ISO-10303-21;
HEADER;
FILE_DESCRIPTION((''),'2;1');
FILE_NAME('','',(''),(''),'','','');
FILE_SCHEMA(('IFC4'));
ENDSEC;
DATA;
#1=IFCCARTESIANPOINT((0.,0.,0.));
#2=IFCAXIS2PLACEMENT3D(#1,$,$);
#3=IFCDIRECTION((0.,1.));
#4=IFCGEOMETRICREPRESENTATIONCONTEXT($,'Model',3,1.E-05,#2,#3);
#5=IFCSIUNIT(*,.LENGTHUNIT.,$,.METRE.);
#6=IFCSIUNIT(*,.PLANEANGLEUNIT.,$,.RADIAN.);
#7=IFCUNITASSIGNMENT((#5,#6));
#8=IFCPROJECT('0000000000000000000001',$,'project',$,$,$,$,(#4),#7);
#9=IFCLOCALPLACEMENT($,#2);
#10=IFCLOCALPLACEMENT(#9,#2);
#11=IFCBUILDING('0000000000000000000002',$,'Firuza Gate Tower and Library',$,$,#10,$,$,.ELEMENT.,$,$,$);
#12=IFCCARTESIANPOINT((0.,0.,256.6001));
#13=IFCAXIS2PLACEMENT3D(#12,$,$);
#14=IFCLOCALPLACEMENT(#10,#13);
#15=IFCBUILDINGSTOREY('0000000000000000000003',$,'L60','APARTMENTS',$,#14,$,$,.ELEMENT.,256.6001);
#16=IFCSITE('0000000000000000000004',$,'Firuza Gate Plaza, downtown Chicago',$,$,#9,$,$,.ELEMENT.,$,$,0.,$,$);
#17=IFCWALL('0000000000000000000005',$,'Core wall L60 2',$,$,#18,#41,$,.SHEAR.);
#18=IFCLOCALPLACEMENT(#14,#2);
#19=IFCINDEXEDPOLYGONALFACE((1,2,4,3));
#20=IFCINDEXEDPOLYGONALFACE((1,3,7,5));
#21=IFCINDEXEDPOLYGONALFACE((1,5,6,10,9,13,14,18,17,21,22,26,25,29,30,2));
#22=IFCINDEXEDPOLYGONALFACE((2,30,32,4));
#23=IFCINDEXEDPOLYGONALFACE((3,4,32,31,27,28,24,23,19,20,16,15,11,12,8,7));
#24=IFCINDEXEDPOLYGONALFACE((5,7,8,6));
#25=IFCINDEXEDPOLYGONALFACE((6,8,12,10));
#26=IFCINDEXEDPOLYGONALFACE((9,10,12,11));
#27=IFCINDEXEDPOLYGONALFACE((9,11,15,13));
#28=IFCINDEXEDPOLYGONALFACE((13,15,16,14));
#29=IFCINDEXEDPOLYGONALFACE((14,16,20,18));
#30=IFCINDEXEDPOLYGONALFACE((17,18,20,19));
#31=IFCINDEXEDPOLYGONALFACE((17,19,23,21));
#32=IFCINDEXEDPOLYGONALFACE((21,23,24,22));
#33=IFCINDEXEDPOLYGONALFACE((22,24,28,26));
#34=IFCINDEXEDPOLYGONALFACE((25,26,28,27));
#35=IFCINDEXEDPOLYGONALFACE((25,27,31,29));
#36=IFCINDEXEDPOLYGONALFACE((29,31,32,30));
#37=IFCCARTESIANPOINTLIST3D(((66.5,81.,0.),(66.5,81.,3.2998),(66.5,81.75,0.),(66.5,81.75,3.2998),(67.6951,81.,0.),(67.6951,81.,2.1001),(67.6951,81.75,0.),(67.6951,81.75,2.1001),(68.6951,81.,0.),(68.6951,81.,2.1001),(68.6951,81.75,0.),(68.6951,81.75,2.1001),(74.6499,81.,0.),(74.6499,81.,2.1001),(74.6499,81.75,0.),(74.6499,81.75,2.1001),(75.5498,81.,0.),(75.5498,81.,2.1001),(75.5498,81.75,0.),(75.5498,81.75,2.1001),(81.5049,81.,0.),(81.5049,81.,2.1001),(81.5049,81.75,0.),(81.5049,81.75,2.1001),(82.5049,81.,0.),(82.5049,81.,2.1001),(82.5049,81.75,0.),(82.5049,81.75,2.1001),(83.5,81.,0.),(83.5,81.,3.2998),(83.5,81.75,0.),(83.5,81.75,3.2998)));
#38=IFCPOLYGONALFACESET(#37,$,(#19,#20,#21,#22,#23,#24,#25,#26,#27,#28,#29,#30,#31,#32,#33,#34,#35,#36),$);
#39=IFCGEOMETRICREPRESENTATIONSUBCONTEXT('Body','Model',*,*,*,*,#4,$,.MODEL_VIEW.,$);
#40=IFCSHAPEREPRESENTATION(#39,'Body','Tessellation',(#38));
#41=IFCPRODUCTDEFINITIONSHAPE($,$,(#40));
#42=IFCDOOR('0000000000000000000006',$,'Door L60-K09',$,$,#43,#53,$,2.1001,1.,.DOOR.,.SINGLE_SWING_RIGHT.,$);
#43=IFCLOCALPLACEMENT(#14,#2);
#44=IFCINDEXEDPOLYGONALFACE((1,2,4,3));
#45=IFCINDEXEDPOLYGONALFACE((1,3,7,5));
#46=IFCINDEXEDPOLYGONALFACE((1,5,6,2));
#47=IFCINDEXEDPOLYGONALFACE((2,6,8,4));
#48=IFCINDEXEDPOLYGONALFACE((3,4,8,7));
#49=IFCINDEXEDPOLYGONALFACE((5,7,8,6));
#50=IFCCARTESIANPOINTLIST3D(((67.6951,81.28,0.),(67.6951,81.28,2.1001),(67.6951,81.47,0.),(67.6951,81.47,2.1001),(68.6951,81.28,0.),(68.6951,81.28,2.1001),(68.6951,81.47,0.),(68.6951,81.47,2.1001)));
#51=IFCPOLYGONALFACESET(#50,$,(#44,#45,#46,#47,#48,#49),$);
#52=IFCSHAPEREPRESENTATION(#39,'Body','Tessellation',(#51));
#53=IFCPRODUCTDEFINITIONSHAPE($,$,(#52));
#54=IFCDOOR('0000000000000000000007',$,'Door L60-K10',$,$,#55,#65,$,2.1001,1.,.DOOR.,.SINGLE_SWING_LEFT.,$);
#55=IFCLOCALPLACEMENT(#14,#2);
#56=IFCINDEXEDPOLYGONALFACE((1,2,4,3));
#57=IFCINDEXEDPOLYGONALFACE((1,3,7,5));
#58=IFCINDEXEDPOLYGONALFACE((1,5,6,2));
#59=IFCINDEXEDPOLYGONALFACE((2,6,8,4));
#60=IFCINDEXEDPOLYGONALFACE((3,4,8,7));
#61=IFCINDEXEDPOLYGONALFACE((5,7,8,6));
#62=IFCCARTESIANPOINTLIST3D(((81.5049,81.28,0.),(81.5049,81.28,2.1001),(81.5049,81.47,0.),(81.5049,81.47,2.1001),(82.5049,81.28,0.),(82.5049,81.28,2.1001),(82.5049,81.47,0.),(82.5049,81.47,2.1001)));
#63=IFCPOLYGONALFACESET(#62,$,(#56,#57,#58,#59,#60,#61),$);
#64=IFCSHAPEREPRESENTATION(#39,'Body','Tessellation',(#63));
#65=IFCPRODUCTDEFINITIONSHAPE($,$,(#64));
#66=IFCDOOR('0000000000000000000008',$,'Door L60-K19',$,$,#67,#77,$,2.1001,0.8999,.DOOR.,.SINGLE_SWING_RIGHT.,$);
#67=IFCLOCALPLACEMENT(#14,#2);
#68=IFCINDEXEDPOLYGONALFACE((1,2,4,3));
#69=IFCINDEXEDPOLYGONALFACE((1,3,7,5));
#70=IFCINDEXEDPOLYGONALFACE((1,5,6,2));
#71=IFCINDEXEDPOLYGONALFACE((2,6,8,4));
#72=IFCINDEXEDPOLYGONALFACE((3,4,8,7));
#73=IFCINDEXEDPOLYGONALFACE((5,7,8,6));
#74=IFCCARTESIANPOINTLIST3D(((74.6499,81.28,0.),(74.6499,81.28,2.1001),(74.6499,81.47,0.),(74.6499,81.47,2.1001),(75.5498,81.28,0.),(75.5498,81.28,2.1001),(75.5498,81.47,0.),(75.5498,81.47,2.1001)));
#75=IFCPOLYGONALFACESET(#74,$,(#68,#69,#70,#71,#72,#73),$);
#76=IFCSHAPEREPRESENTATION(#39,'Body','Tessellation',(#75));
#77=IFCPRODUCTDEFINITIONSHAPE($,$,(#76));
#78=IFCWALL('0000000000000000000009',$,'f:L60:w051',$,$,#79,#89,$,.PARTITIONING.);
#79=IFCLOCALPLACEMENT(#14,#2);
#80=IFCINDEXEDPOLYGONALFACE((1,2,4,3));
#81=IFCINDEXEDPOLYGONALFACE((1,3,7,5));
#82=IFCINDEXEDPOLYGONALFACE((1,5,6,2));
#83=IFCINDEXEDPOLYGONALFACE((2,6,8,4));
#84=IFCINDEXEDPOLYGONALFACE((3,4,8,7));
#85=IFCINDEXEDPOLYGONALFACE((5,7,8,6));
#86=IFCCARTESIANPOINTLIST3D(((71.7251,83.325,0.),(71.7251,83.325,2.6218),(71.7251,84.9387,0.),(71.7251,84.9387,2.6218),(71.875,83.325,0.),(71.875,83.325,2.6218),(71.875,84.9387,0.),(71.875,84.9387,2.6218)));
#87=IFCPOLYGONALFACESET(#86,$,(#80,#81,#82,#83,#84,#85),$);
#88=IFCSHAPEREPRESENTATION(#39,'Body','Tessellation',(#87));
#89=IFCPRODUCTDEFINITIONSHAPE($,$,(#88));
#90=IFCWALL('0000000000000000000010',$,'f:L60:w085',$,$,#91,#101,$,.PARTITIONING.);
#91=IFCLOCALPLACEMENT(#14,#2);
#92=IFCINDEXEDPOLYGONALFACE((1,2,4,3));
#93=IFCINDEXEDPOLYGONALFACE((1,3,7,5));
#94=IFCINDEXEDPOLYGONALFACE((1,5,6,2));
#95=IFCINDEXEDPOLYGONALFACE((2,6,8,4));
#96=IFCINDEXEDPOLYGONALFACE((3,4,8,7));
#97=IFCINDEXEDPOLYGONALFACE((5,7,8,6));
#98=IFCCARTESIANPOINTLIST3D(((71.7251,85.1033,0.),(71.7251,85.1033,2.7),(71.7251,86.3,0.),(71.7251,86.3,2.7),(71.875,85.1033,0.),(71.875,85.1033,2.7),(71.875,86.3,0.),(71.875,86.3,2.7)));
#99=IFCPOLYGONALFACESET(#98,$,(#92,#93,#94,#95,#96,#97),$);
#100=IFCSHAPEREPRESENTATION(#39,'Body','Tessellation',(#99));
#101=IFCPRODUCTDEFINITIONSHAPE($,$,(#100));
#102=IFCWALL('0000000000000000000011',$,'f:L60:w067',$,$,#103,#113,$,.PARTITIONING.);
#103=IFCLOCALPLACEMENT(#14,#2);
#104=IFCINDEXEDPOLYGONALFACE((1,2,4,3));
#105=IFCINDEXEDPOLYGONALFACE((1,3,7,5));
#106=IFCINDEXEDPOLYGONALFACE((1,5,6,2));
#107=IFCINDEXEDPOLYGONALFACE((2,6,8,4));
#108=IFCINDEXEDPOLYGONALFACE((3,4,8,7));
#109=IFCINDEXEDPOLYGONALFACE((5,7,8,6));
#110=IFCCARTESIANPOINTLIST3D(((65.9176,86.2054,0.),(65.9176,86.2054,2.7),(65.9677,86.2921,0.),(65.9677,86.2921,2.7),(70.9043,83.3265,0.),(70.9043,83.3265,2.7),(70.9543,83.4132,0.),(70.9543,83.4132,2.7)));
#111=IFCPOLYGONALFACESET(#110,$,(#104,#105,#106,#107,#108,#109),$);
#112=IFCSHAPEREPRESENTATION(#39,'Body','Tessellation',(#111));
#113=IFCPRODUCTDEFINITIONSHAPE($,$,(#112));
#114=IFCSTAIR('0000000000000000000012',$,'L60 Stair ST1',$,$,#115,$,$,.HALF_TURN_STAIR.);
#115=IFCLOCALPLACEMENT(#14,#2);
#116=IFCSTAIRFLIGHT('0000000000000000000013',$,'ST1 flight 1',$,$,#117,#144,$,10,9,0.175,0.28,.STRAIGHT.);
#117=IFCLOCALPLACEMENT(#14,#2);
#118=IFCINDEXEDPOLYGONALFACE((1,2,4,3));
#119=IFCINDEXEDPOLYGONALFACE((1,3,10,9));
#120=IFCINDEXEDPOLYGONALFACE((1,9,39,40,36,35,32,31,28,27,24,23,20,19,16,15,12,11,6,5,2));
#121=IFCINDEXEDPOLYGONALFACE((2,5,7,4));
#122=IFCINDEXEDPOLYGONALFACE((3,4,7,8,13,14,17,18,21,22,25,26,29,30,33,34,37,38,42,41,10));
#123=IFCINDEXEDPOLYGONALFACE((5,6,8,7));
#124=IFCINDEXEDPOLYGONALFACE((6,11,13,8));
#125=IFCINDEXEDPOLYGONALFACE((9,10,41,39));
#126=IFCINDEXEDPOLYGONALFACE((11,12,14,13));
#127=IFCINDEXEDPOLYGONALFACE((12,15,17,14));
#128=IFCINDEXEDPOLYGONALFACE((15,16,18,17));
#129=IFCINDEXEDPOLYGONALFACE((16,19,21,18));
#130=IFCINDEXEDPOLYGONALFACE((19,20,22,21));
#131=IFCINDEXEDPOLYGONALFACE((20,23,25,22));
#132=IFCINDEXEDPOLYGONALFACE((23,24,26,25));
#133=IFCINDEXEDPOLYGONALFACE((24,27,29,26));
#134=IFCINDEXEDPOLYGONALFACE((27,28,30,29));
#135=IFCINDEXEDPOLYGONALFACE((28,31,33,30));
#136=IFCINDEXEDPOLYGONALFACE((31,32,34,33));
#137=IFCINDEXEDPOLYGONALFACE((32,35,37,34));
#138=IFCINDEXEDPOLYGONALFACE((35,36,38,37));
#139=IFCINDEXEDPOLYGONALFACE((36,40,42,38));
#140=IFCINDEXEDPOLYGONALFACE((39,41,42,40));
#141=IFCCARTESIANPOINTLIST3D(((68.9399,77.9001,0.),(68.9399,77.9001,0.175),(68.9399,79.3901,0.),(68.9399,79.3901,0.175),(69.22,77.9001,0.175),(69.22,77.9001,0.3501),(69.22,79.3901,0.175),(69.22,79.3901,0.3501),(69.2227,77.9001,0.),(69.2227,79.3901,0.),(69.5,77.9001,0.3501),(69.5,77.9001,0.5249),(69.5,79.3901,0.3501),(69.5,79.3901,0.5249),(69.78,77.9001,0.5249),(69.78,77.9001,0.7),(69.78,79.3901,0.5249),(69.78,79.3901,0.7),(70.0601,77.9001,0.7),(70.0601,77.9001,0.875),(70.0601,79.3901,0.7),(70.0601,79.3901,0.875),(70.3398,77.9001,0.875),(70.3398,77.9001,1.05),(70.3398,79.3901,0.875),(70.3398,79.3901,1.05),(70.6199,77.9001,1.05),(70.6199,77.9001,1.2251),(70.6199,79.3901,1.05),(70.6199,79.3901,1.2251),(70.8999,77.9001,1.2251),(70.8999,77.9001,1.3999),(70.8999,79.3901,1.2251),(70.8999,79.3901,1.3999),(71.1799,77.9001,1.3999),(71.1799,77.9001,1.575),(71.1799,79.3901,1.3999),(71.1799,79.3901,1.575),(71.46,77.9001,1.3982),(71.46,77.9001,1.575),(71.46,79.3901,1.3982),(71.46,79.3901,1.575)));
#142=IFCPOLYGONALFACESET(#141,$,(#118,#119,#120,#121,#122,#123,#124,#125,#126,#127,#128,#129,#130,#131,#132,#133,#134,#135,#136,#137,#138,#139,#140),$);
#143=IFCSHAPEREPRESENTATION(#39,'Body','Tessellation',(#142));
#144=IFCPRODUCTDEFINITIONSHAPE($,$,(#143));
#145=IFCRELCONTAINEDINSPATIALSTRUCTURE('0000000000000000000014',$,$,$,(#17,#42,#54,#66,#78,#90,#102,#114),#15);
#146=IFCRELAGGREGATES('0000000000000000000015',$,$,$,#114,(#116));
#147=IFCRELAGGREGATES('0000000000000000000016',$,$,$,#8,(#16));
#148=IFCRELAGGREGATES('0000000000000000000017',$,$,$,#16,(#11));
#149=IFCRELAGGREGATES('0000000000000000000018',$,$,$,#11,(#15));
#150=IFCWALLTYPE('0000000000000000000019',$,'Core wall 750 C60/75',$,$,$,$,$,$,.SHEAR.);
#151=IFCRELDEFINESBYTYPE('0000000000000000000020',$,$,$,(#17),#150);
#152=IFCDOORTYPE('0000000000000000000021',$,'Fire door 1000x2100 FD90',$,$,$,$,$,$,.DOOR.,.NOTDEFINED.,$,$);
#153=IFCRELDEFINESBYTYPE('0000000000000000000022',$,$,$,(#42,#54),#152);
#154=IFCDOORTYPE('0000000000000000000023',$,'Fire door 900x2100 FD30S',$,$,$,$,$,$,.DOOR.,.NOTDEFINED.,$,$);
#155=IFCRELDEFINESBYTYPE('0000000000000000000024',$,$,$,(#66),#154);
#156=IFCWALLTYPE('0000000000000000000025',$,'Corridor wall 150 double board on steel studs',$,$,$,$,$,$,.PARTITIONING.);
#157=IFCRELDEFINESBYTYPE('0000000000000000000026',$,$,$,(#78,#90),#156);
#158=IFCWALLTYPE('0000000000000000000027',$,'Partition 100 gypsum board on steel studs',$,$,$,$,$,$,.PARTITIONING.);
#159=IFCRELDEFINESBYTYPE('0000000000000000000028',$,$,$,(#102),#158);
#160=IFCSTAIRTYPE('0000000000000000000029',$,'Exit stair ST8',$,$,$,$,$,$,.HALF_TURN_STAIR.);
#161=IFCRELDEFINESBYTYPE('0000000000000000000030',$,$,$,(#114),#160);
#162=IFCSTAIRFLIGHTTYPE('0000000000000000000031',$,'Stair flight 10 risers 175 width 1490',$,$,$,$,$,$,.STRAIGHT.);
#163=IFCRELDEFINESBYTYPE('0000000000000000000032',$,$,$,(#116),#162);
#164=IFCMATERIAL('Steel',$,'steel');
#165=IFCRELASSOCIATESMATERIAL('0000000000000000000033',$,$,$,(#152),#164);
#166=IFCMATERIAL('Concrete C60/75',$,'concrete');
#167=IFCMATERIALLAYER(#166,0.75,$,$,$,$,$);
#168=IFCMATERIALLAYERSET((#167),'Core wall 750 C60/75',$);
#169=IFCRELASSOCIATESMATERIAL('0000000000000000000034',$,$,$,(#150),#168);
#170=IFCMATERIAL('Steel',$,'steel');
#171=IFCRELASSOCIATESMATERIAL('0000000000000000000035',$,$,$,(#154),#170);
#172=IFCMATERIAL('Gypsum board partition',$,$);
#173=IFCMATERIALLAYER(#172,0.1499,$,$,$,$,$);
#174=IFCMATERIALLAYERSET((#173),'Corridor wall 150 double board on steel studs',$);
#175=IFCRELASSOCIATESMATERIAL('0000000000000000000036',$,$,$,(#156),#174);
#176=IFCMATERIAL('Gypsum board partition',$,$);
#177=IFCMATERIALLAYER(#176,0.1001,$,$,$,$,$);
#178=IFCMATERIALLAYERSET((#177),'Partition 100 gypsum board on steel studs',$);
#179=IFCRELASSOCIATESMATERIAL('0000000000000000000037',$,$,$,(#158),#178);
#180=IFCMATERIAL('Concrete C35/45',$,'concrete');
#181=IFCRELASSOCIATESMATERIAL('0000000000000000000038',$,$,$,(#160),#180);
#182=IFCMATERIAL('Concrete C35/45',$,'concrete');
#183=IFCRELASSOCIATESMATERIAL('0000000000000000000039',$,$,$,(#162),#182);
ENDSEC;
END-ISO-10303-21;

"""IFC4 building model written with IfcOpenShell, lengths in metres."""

from ifc_helpers import new_model, si_unit, direction, frame, frame_2d, origin, place, context, subcontext, project, spatial, polyline, rectangle, outline, extrude, material, layer, layer_set, type_object, element, fill, aggregate, save


model = new_model("IFC4")

# Units and contexts
model_context = context("Model", 3, precision=1e-05, world=origin(), true_north=direction((0.0, 1.0)))
body_context = subcontext(model_context, "Body", "Model", "MODEL_VIEW")
ifc_project = project(units=[si_unit("LENGTHUNIT", "METRE"), si_unit("PLANEANGLEUNIT", "RADIAN")], contexts=[model_context])

# Site, building, storey
site_placement = place(None, origin())
site = spatial("IfcSite", under=ifc_project, at=site_placement, Name="Firuza Gate Plaza, downtown Chicago", CompositionType="ELEMENT", RefElevation=0.0)
building_placement = place(site_placement, origin())
building = spatial("IfcBuilding", under=site, at=building_placement, Name="Firuza Gate Tower and Library", CompositionType="ELEMENT")
storey_placement = place(building_placement, frame((0.0, 0.0, 256.6001)))
storey = spatial("IfcBuildingStorey", under=building, at=storey_placement, Name="L60", Description="APARTMENTS", CompositionType="ELEMENT", Elevation=256.6001)

# Shared definitions
ifc_material_1 = material(Name="Steel", Category="steel")
door_type_1 = type_object("IfcDoorType", Name="Fire door 1000x2100 FD90", OperationType="NOTDEFINED", PredefinedType="DOOR", material=ifc_material_1)

# Wall, openings, doors
ifc_material_2 = material(Name="Concrete C60/75", Category="concrete")
ifc_layer_1 = layer(ifc_material_2, 0.75)
ifc_layer_set_1 = layer_set([ifc_layer_1], Name="Core wall 750 C60/75")
wall_type_1 = type_object("IfcWallType", Name="Core wall 750 C60/75", PredefinedType="SHEAR", material=ifc_layer_set_1)
wall_1_placement = place(storey_placement, frame((66.5, 81.375, 0.0), z_axis=(0.0, 0.0, 1.0), x_axis=(1.0, 0.0, 0.0)))
wall_1 = element("IfcWall", 1, at=wall_1_placement, inside=storey, type_object=wall_type_1, Name="Core wall L60 2", PredefinedType="SHEAR", context=body_context, shape_type="SweptSolid", body=[
    extrude(rectangle(XDim=17.0, YDim=0.75, at=frame_2d((8.5, 0.0))), origin(), (0.0, 0.0, 1.0), 3.2998),
])
opening_1_placement = place(wall_1_placement, frame((1.1951, 0.0, 0.0)))
opening_1 = element("IfcOpeningElement", 2, at=opening_1_placement, cuts=wall_1, PredefinedType="OPENING", context=body_context, shape_type="SweptSolid", body=[
    extrude(rectangle(XDim=1.0, YDim=2.1001, at=frame_2d((0.5, 1.05))), frame((0.0, 0.385, 0.0), z_axis=(0.0, -1.0, 0.0), x_axis=(1.0, 0.0, 0.0)), (0.0, 0.0, 1.0), 0.77),
])
opening_2_placement = place(wall_1_placement, frame((15.0049, 0.0, 0.0)))
opening_2 = element("IfcOpeningElement", 3, at=opening_2_placement, cuts=wall_1, PredefinedType="OPENING", context=body_context, shape_type="SweptSolid", body=[
    extrude(rectangle(XDim=1.0, YDim=2.1001, at=frame_2d((0.5, 1.05))), frame((0.0, 0.385, 0.0), z_axis=(0.0, -1.0, 0.0), x_axis=(1.0, 0.0, 0.0)), (0.0, 0.0, 1.0), 0.77),
])
opening_3_placement = place(wall_1_placement, frame((8.1499, 0.0, 0.0)))
opening_3 = element("IfcOpeningElement", 4, at=opening_3_placement, cuts=wall_1, PredefinedType="OPENING", context=body_context, shape_type="SweptSolid", body=[
    extrude(rectangle(XDim=0.8999, YDim=2.1001, at=frame_2d((0.45, 1.05))), frame((0.0, 0.385, 0.0), z_axis=(0.0, -1.0, 0.0), x_axis=(1.0, 0.0, 0.0)), (0.0, 0.0, 1.0), 0.77),
])
door_1_placement = place(opening_1_placement, origin())
door_1 = element("IfcDoor", 5, at=door_1_placement, inside=storey, type_object=door_type_1, Name="Door L60-K09", OperationType="SINGLE_SWING_RIGHT", OverallHeight=2.1001, OverallWidth=1.0, PredefinedType="DOOR", context=body_context, shape_type="SweptSolid", body=[
    extrude(rectangle(XDim=1.0, YDim=2.1001, at=frame_2d((0.5, 1.05))), frame((0.0, 0.095, 0.0), z_axis=(0.0, -1.0, 0.0), x_axis=(1.0, 0.0, 0.0)), (0.0, 0.0, 1.0), 0.1899),
])
fill(opening_1, door_1)
door_2_placement = place(opening_2_placement, origin())
door_2 = element("IfcDoor", 6, at=door_2_placement, inside=storey, type_object=door_type_1, Name="Door L60-K10", OperationType="SINGLE_SWING_LEFT", OverallHeight=2.1001, OverallWidth=1.0, PredefinedType="DOOR", context=body_context, shape_type="SweptSolid", body=[
    extrude(rectangle(XDim=1.0, YDim=2.1001, at=frame_2d((0.5, 1.05))), frame((0.0, 0.095, 0.0), z_axis=(0.0, -1.0, 0.0), x_axis=(1.0, 0.0, 0.0)), (0.0, 0.0, 1.0), 0.1899),
])
fill(opening_2, door_2)
ifc_material_3 = material(Name="Steel", Category="steel")
door_type_2 = type_object("IfcDoorType", Name="Fire door 900x2100 FD30S", OperationType="NOTDEFINED", PredefinedType="DOOR", material=ifc_material_3)
door_3_placement = place(opening_3_placement, origin())
door_3 = element("IfcDoor", 7, at=door_3_placement, inside=storey, type_object=door_type_2, Name="Door L60-K19", OperationType="SINGLE_SWING_RIGHT", OverallHeight=2.1001, OverallWidth=0.8999, PredefinedType="DOOR", context=body_context, shape_type="SweptSolid", body=[
    extrude(rectangle(XDim=0.8999, YDim=2.1001, at=frame_2d((0.45, 1.05))), frame((0.0, 0.095, 0.0), z_axis=(0.0, -1.0, 0.0), x_axis=(1.0, 0.0, 0.0)), (0.0, 0.0, 1.0), 0.1899),
])
fill(opening_3, door_3)

# Walls
ifc_material_4 = material(Name="Gypsum board partition")
ifc_layer_2 = layer(ifc_material_4, 0.1499)
ifc_layer_set_2 = layer_set([ifc_layer_2], Name="Corridor wall 150 double board on steel studs")
wall_type_2 = type_object("IfcWallType", Name="Corridor wall 150 double board on steel studs", PredefinedType="PARTITIONING", material=ifc_layer_set_2)
wall_2_placement = place(storey_placement, frame((71.8, 83.325, 0.0), z_axis=(0.0, 0.0, 1.0), x_axis=(0.0, 1.0, 0.0)))
element("IfcWall", 8, at=wall_2_placement, inside=storey, type_object=wall_type_2, Name="f:L60:w051", PredefinedType="PARTITIONING", context=body_context, shape_type="SweptSolid", body=[
    extrude(rectangle(XDim=1.6138, YDim=0.1499, at=frame_2d((0.8069, 0.0))), origin(), (0.0, 0.0, 1.0), 2.6218),
])
wall_3_placement = place(storey_placement, frame((71.8, 85.1033, 0.0), z_axis=(0.0, 0.0, 1.0), x_axis=(0.0, 1.0, 0.0)))
element("IfcWall", 9, at=wall_3_placement, inside=storey, type_object=wall_type_2, Name="f:L60:w085", PredefinedType="PARTITIONING", context=body_context, shape_type="SweptSolid", body=[
    extrude(rectangle(XDim=1.1968, YDim=0.1499, at=frame_2d((0.5984, 0.0))), origin(), (0.0, 0.0, 1.0), 2.7),
])
ifc_material_5 = material(Name="Gypsum board partition")
ifc_layer_3 = layer(ifc_material_5, 0.1001)
ifc_layer_set_3 = layer_set([ifc_layer_3], Name="Partition 100 gypsum board on steel studs")
wall_type_3 = type_object("IfcWallType", Name="Partition 100 gypsum board on steel studs", PredefinedType="PARTITIONING", material=ifc_layer_set_3)
wall_4_placement = place(storey_placement, frame((70.9292, 83.3699, 0.0), z_axis=(0.0, 0.0, 1.0), x_axis=(-0.866032, 0.499988, 0.0)))
element("IfcWall", 10, at=wall_4_placement, inside=storey, type_object=wall_type_3, Name="f:L60:w067", PredefinedType="PARTITIONING", context=body_context, shape_type="SweptSolid", body=[
    extrude(rectangle(XDim=5.7581, YDim=0.1001, at=frame_2d((2.8789, 0.0))), origin(), (0.0, 0.0, 1.0), 2.7),
])

# Stair, stair flight
ifc_material_6 = material(Name="Concrete C35/45", Category="concrete")
stair_type = type_object("IfcStairType", Name="Exit stair ST8", PredefinedType="HALF_TURN_STAIR", material=ifc_material_6)
stair_placement = place(storey_placement, origin())
stair = element("IfcStair", 11, at=stair_placement, inside=storey, type_object=stair_type, Name="L60 Stair ST1", PredefinedType="HALF_TURN_STAIR")
ifc_material_7 = material(Name="Concrete C35/45", Category="concrete")
stair_flight_type = type_object("IfcStairFlightType", Name="Stair flight 10 risers 175 width 1490", PredefinedType="STRAIGHT", material=ifc_material_7)
stair_flight_1_placement = place(storey_placement, frame((68.9399, 78.645, 0.0), z_axis=(0.0, 0.0, 1.0), x_axis=(1.0, 0.0, 0.0)))
stair_flight_1 = element("IfcStairFlight", 12, at=stair_flight_1_placement, type_object=stair_flight_type, Name="ST1 flight 1", NumberOfRisers=10, NumberOfTreads=9, PredefinedType="STRAIGHT", RiserHeight=0.175, TreadLength=0.28, context=body_context, shape_type="SweptSolid", body=[
    extrude(outline(polyline([(0.0, 0.0), (0.0, 0.175), (0.28, 0.175), (0.28, 0.3501), (0.5601, 0.3501), (0.5601, 0.5249), (0.8401, 0.5249), (0.8401, 0.7), (1.1201, 0.7), (1.1201, 0.875), (1.3999, 0.875), (1.3999, 1.05), (1.6799, 1.05), (1.6799, 1.2251), (1.96, 1.2251), (1.96, 1.3999), (2.24, 1.3999), (2.24, 1.575), (2.52, 1.575), (2.52, 1.75), (2.52, 1.3982), (0.2827, 0.0), (0.0, 0.0)])), frame((0.0, 0.7451, 0.0), z_axis=(0.0, -1.0, 0.0), x_axis=(1.0, 0.0, 0.0)), (0.0, 0.0, 1.0), 1.49),
])
aggregate(stair, [stair_flight_1])

save(model, "model.ifc")
